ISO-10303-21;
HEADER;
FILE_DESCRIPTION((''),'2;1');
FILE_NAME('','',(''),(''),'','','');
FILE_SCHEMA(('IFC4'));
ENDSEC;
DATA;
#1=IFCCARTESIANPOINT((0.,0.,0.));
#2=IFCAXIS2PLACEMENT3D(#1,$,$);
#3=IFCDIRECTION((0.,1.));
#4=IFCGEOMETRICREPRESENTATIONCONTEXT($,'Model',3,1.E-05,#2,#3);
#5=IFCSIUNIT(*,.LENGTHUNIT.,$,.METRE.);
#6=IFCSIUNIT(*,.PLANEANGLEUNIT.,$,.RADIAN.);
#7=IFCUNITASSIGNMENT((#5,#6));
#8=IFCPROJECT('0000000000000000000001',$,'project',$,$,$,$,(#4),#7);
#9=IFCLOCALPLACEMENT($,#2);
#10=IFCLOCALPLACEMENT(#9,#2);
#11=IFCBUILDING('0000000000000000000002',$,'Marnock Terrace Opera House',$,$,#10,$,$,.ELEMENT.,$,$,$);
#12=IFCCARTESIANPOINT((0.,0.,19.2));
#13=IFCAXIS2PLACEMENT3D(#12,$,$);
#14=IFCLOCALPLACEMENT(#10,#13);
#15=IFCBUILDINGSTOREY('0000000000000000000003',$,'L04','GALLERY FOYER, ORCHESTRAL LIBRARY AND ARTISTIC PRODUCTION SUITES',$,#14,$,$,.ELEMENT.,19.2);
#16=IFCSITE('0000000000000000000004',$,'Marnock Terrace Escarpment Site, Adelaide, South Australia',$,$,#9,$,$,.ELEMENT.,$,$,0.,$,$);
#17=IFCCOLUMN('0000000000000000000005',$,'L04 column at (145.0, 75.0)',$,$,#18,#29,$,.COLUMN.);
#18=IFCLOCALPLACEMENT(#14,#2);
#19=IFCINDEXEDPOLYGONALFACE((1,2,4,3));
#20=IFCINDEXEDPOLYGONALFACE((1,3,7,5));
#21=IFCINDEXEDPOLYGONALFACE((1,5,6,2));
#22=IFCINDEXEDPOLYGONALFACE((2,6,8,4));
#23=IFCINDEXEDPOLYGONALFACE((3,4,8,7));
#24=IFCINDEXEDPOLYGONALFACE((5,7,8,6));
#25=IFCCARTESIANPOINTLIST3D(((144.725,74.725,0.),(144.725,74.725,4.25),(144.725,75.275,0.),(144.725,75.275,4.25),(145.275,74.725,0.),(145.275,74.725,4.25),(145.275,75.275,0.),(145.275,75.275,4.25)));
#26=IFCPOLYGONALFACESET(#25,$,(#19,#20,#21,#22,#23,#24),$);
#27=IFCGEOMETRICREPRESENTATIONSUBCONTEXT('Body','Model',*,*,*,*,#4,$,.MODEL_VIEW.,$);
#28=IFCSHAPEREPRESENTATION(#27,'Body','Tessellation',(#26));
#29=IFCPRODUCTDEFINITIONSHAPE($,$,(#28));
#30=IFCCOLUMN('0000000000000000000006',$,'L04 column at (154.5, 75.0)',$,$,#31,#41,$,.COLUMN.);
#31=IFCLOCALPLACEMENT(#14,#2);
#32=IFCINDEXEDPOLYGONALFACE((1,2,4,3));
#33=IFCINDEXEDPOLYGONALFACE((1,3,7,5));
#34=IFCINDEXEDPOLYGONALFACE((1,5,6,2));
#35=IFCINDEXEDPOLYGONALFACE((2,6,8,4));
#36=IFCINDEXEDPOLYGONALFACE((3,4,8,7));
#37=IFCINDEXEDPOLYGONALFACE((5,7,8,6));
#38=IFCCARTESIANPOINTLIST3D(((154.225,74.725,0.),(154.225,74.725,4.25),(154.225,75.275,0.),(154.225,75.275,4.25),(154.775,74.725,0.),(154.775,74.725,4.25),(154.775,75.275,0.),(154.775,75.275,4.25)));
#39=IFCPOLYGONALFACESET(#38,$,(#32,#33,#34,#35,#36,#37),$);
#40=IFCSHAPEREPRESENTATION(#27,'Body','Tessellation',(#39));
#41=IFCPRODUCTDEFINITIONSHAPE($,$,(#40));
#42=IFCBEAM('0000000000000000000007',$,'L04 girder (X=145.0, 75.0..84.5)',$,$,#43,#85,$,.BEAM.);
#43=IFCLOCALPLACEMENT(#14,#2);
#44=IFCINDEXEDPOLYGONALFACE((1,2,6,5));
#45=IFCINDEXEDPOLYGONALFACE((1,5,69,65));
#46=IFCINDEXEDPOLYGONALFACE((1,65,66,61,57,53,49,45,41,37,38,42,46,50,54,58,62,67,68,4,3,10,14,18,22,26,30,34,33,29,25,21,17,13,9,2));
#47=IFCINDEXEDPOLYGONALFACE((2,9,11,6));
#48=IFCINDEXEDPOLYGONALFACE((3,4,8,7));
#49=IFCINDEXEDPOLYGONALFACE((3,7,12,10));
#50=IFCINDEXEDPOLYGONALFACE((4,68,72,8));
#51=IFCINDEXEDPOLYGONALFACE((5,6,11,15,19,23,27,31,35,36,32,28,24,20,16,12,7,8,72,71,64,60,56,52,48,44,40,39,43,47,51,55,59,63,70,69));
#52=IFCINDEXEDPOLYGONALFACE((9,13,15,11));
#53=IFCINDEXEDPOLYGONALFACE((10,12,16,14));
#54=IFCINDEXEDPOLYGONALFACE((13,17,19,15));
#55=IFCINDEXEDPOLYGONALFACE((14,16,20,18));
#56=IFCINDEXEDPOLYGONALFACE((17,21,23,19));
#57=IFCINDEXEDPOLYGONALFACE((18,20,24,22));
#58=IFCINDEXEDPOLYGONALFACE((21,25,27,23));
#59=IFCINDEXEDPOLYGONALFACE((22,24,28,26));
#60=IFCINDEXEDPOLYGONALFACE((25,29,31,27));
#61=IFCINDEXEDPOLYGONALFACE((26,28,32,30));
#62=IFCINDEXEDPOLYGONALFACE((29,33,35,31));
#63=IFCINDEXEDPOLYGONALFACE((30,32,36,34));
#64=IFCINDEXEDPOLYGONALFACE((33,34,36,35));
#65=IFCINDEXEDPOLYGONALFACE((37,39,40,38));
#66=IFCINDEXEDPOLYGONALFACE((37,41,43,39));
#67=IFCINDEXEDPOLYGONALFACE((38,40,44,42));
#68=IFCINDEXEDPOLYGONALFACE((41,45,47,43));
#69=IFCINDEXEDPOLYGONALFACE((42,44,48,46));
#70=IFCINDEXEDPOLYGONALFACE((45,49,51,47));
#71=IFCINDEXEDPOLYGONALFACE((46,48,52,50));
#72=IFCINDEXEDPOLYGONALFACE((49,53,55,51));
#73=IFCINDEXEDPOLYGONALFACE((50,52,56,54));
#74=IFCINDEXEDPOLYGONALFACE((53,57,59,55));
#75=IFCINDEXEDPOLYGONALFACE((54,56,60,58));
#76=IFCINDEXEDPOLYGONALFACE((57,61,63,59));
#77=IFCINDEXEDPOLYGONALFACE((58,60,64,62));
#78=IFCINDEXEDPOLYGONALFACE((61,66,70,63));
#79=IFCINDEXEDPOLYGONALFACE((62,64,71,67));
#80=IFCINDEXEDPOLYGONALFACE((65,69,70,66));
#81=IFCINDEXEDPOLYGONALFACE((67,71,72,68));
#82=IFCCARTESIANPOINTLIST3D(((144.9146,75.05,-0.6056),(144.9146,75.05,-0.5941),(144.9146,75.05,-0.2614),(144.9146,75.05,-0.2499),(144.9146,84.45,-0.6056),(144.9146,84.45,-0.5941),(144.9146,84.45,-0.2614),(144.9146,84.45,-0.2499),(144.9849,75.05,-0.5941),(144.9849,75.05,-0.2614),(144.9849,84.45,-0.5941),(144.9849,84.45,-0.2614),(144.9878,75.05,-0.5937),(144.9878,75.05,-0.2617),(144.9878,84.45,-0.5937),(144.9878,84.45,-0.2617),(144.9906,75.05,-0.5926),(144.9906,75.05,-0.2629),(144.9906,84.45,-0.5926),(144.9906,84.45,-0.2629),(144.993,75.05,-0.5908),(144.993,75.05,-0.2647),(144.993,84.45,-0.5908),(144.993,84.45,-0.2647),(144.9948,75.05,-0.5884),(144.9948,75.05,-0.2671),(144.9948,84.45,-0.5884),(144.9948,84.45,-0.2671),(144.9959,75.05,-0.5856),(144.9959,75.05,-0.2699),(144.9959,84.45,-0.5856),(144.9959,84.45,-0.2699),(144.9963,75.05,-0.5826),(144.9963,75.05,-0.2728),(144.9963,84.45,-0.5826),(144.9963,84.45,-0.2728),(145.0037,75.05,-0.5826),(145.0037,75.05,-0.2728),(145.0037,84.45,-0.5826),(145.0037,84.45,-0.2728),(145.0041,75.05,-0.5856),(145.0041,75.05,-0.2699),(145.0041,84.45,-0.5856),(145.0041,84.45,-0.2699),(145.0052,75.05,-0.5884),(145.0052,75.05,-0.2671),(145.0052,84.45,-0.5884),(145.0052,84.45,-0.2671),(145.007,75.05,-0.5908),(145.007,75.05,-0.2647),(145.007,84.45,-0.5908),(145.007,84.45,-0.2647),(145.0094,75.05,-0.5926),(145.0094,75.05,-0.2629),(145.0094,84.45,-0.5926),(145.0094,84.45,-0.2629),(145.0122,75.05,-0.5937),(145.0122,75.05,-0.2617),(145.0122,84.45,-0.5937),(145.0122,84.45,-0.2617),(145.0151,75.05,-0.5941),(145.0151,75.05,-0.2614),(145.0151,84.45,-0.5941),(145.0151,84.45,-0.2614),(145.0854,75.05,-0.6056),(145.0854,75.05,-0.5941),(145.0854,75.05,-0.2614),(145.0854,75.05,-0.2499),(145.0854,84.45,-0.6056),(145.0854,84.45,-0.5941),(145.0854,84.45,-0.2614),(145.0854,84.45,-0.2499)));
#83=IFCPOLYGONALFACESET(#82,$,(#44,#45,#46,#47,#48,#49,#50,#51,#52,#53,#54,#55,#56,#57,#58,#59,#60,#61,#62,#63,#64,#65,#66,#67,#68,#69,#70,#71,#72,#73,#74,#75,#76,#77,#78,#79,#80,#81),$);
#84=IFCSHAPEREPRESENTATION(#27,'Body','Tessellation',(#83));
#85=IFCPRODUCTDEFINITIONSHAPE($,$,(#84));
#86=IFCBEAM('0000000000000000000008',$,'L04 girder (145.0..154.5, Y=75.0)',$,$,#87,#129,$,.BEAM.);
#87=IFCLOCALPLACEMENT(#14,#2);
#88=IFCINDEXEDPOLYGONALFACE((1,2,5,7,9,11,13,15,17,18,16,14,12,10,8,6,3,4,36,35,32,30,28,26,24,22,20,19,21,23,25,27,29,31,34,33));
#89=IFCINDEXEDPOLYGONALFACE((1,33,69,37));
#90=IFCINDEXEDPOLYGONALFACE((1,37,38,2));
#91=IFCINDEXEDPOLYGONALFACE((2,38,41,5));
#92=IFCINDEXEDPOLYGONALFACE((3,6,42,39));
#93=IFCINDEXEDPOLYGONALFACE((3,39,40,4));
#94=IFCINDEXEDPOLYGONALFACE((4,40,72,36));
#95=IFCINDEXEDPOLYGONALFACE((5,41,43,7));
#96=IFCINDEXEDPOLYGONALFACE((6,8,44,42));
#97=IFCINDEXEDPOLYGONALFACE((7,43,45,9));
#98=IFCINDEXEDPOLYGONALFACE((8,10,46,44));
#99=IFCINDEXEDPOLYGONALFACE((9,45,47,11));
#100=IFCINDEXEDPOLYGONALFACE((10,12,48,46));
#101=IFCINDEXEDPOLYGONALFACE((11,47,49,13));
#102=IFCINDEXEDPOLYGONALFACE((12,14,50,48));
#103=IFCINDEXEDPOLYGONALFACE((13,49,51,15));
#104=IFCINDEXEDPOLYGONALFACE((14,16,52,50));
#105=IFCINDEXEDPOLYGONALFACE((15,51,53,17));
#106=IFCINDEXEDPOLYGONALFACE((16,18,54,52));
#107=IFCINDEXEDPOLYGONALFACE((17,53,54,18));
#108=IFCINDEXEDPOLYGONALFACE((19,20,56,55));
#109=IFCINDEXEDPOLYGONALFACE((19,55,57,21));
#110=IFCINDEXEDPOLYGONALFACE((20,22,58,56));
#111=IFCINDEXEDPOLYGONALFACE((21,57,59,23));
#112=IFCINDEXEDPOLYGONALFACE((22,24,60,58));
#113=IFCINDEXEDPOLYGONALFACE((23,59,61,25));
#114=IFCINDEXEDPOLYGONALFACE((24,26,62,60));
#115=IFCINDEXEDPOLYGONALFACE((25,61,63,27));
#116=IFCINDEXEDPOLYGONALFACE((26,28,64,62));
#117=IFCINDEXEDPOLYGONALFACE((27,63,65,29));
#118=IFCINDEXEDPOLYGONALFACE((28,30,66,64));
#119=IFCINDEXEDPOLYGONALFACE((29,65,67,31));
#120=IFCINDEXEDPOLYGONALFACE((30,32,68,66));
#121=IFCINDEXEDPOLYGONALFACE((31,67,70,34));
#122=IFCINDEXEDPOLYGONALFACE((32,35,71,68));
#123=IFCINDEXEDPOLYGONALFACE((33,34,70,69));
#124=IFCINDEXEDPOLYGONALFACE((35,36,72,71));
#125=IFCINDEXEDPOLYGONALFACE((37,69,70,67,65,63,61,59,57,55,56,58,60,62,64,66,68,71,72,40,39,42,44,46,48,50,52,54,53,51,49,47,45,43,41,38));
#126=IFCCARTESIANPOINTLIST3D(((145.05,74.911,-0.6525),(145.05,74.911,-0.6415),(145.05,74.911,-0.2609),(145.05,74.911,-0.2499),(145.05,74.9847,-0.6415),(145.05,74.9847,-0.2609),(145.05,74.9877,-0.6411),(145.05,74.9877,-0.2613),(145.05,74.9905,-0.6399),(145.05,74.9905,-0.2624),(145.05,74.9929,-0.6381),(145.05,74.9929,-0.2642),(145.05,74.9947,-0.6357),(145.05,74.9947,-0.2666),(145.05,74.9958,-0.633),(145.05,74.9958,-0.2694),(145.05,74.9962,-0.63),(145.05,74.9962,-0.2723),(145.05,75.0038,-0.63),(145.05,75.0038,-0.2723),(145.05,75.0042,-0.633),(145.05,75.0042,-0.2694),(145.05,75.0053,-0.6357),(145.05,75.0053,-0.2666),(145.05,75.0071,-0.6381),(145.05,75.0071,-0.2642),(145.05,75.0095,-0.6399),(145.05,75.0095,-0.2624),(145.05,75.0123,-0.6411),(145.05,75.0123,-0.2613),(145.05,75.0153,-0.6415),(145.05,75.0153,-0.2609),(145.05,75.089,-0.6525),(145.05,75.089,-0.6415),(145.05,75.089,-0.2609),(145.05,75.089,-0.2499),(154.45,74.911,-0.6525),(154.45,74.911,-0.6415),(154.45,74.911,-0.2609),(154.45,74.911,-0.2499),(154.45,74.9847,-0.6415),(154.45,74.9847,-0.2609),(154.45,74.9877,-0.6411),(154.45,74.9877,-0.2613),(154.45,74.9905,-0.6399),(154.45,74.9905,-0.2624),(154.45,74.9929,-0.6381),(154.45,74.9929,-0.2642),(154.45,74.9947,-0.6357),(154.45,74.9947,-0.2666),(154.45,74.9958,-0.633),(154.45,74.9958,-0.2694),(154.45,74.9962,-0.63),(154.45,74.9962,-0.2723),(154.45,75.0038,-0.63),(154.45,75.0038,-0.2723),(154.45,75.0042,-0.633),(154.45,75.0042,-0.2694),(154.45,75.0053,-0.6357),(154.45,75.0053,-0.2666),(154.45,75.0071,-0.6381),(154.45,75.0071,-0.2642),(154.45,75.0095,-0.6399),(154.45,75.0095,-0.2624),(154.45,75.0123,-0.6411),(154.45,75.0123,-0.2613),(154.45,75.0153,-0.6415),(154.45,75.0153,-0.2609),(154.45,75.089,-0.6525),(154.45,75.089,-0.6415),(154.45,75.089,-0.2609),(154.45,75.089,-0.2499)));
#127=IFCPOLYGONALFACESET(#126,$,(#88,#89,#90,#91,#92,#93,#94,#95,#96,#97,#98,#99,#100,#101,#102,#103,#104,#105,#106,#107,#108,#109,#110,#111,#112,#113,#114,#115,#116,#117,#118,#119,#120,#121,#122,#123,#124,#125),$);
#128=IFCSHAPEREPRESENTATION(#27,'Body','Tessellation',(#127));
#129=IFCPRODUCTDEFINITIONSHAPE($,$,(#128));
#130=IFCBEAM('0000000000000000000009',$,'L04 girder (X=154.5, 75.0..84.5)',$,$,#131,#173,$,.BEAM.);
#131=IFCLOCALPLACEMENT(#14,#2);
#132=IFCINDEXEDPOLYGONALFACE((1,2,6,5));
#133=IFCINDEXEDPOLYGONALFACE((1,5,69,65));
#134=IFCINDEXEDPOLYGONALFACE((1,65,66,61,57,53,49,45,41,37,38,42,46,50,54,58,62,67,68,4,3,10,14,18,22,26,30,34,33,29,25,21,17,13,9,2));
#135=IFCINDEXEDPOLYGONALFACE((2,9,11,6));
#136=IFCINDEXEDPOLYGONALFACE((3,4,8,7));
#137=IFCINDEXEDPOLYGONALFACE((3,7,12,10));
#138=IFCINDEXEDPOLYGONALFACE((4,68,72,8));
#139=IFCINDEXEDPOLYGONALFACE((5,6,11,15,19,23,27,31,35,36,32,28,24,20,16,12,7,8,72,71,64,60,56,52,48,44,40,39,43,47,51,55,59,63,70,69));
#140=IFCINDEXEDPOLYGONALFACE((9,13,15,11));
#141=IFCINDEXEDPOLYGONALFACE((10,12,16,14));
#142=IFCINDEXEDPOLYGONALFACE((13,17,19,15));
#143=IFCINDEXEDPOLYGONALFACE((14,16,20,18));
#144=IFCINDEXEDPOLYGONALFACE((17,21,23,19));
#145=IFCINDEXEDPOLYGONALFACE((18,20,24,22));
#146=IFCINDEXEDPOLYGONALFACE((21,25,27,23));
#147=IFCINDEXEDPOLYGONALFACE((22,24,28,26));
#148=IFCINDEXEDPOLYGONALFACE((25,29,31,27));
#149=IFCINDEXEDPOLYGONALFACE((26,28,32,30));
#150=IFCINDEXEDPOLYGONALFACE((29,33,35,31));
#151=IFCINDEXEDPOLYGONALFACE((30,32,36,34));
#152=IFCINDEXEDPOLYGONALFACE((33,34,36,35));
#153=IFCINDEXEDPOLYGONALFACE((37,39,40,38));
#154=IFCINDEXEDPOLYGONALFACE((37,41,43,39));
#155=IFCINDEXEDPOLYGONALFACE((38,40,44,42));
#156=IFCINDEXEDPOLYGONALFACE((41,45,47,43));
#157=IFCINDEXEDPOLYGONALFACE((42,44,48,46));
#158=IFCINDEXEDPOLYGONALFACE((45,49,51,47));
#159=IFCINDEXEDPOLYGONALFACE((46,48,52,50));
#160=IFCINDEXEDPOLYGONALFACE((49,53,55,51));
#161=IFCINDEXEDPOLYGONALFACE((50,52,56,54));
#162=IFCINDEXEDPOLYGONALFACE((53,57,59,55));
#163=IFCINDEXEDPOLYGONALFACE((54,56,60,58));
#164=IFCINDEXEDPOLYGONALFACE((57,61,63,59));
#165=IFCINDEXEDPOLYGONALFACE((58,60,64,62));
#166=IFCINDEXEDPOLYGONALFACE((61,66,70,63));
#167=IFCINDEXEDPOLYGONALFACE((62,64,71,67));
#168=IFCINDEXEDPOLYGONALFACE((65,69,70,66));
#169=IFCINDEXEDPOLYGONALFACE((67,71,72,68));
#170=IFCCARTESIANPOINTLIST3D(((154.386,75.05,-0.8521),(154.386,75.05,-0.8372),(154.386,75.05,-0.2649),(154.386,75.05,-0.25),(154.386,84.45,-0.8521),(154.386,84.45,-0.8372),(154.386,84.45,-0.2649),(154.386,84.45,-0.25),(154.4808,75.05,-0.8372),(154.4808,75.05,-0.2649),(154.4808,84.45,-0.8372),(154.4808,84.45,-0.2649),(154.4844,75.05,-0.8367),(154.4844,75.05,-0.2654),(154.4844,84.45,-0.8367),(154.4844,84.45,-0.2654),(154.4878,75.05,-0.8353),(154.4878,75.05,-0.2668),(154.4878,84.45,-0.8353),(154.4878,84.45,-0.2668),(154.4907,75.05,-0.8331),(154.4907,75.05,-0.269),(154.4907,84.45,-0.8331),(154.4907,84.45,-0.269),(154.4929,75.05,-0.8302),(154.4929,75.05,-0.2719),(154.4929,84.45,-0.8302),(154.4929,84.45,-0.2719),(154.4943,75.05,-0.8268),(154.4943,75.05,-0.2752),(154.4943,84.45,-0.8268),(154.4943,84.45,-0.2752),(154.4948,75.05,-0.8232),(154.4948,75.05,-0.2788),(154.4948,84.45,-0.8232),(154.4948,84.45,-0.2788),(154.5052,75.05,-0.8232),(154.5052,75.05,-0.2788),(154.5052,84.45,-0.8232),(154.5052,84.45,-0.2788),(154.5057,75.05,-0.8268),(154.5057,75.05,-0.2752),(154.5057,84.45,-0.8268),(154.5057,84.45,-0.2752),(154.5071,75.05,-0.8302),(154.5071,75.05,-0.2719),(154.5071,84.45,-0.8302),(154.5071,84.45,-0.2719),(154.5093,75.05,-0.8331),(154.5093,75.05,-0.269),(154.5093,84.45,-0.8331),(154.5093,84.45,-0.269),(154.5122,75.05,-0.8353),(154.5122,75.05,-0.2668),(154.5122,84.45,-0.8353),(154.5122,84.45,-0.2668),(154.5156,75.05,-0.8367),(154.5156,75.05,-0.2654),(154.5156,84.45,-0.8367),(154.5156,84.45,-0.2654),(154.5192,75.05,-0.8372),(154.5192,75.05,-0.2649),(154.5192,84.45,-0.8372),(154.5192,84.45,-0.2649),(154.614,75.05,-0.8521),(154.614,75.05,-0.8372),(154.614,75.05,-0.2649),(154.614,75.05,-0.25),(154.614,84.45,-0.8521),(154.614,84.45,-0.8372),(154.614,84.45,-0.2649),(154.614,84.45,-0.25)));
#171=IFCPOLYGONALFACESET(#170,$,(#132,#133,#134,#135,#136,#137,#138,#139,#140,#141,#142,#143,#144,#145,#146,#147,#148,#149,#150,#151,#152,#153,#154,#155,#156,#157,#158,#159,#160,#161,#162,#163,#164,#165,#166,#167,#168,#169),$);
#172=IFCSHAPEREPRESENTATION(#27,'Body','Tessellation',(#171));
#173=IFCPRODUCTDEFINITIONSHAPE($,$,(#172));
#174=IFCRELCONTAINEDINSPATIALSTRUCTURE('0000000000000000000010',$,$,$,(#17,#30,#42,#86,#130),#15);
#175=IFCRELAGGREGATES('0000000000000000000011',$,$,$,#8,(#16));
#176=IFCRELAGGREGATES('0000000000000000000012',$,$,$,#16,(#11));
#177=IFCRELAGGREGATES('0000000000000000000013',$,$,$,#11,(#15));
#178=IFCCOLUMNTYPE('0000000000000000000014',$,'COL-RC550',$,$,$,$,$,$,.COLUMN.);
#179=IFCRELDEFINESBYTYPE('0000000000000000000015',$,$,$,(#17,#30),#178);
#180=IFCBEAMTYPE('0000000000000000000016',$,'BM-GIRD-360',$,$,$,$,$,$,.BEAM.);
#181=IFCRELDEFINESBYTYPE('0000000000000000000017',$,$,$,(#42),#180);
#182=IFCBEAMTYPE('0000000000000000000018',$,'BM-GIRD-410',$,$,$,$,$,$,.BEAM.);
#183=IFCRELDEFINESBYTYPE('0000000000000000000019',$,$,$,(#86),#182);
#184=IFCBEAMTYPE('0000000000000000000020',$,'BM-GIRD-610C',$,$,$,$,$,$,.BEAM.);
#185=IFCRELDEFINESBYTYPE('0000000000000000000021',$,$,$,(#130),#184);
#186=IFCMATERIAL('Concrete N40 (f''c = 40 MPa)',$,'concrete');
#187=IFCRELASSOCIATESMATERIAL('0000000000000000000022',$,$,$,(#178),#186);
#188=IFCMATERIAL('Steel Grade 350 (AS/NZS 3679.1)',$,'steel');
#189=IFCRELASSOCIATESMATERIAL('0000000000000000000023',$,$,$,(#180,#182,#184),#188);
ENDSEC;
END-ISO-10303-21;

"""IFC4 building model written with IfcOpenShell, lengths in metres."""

from ifc_helpers import new_model, si_unit, direction, frame, origin, origin_2d, place, context, subcontext, project, spatial, rectangle, i_section, extrude, material, material_profile, profile_set, type_object, element, save


model = new_model("IFC4")

# Units and contexts
model_context = context("Model", 3, precision=1e-05, world=origin(), true_north=direction((0.0, 1.0)))
body_context = subcontext(model_context, "Body", "Model", "MODEL_VIEW")
ifc_project = project(units=[si_unit("LENGTHUNIT", "METRE"), si_unit("PLANEANGLEUNIT", "RADIAN")], contexts=[model_context])

# Site, building, storey
site_placement = place(None, origin())
site = spatial("IfcSite", under=ifc_project, at=site_placement, Name="Marnock Terrace Escarpment Site, Adelaide, South Australia", CompositionType="ELEMENT", RefElevation=0.0)
building_placement = place(site_placement, origin())
building = spatial("IfcBuilding", under=site, at=building_placement, Name="Marnock Terrace Opera House", CompositionType="ELEMENT")
storey_placement = place(building_placement, frame((0.0, 0.0, 19.2)))
storey = spatial("IfcBuildingStorey", under=building, at=storey_placement, Name="L04", Description="GALLERY FOYER, ORCHESTRAL LIBRARY AND ARTISTIC PRODUCTION SUITES", CompositionType="ELEMENT", Elevation=19.2)

# Columns
ifc_material_1 = material(Name="Concrete N40 (f'c = 40 MPa)", Category="concrete")
ifc_material_profile_1 = material_profile(ifc_material_1, rectangle(XDim=0.55, YDim=0.55, at=origin_2d()))
ifc_profile_set_1 = profile_set([ifc_material_profile_1], Name="Concrete N40 (f'c = 40 MPa)")
column_type = type_object("IfcColumnType", Name="COL-RC550", PredefinedType="COLUMN", material=ifc_profile_set_1)
for number, where, z_axis, x_axis, name in (
    (1, (145.0, 75.0, 0.0), (0.0, 0.0, 1.0), (1.0, 0.0, 0.0), "L04 column at (145.0, 75.0)"),
    (2, (154.5, 75.0, 0.0), (0.0, 0.0, 1.0), (1.0, 0.0, 0.0), "L04 column at (154.5, 75.0)"),
):
    element("IfcColumn", number, at=place(storey_placement, frame(where, z_axis=z_axis, x_axis=x_axis)), inside=storey, type_object=column_type, Name=name, PredefinedType="COLUMN", context=body_context, shape_type="SweptSolid", body=[
        extrude(rectangle(XDim=0.55, YDim=0.55, at=origin_2d()), origin(), (0.0, 0.0, 1.0), 4.25),
    ])

# Beams
ifc_material_2 = material(Name="Steel Grade 350 (AS/NZS 3679.1)", Category="steel")
ifc_material_profile_2 = material_profile(ifc_material_2, i_section(OverallWidth=0.1709, OverallDepth=0.3557, WebThickness=0.0073, FlangeThickness=0.0115, FilletRadius=0.0115, at=origin_2d()))
ifc_profile_set_2 = profile_set([ifc_material_profile_2], Name="Steel Grade 350 (AS/NZS 3679.1)")
beam_type_1 = type_object("IfcBeamType", Name="BM-GIRD-360", PredefinedType="BEAM", material=ifc_profile_set_2)
beam_1_placement = place(storey_placement, frame((145.0, 75.05, -0.4277), z_axis=(0.0, 1.0, 0.0), x_axis=(-1.0, 0.0, 0.0)))
element("IfcBeam", 3, at=beam_1_placement, inside=storey, type_object=beam_type_1, Name="L04 girder (X=145.0, 75.0..84.5)", PredefinedType="BEAM", context=body_context, shape_type="SweptSolid", body=[
    extrude(i_section(OverallWidth=0.1709, OverallDepth=0.3557, WebThickness=0.0073, FlangeThickness=0.0115, FilletRadius=0.0115, at=origin_2d()), origin(), (0.0, 0.0, 1.0), 9.3999),
])
ifc_material_profile_3 = material_profile(ifc_material_2, i_section(OverallWidth=0.178, OverallDepth=0.4026, WebThickness=0.0076, FlangeThickness=0.011, FilletRadius=0.0115, at=origin_2d()))
ifc_profile_set_3 = profile_set([ifc_material_profile_3], Name="Steel Grade 350 (AS/NZS 3679.1)")
beam_type_2 = type_object("IfcBeamType", Name="BM-GIRD-410", PredefinedType="BEAM", material=ifc_profile_set_3)
beam_2_placement = place(storey_placement, frame((145.05, 75.0, -0.4512), z_axis=(1.0, 0.0, 0.0), x_axis=(0.0, 1.0, 0.0)))
element("IfcBeam", 4, at=beam_2_placement, inside=storey, type_object=beam_type_2, Name="L04 girder (145.0..154.5, Y=75.0)", PredefinedType="BEAM", context=body_context, shape_type="SweptSolid", body=[
    extrude(i_section(OverallWidth=0.178, OverallDepth=0.4026, WebThickness=0.0076, FlangeThickness=0.011, FilletRadius=0.0115, at=origin_2d()), origin(), (0.0, 0.0, 1.0), 9.3999),
])
ifc_material_profile_4 = material_profile(ifc_material_2, i_section(OverallWidth=0.228, OverallDepth=0.6021, WebThickness=0.0105, FlangeThickness=0.0149, FilletRadius=0.0139, at=origin_2d()))
ifc_profile_set_4 = profile_set([ifc_material_profile_4], Name="Steel Grade 350 (AS/NZS 3679.1)")
beam_type_3 = type_object("IfcBeamType", Name="BM-GIRD-610C", PredefinedType="BEAM", material=ifc_profile_set_4)
beam_3_placement = place(storey_placement, frame((154.5, 75.05, -0.551), z_axis=(0.0, 1.0, 0.0), x_axis=(-1.0, 0.0, 0.0)))
element("IfcBeam", 5, at=beam_3_placement, inside=storey, type_object=beam_type_3, Name="L04 girder (X=154.5, 75.0..84.5)", PredefinedType="BEAM", context=body_context, shape_type="SweptSolid", body=[
    extrude(i_section(OverallWidth=0.228, OverallDepth=0.6021, WebThickness=0.0105, FlangeThickness=0.0149, FilletRadius=0.0139, at=origin_2d()), origin(), (0.0, 0.0, 1.0), 9.3999),
])

save(model, "model.ifc")
